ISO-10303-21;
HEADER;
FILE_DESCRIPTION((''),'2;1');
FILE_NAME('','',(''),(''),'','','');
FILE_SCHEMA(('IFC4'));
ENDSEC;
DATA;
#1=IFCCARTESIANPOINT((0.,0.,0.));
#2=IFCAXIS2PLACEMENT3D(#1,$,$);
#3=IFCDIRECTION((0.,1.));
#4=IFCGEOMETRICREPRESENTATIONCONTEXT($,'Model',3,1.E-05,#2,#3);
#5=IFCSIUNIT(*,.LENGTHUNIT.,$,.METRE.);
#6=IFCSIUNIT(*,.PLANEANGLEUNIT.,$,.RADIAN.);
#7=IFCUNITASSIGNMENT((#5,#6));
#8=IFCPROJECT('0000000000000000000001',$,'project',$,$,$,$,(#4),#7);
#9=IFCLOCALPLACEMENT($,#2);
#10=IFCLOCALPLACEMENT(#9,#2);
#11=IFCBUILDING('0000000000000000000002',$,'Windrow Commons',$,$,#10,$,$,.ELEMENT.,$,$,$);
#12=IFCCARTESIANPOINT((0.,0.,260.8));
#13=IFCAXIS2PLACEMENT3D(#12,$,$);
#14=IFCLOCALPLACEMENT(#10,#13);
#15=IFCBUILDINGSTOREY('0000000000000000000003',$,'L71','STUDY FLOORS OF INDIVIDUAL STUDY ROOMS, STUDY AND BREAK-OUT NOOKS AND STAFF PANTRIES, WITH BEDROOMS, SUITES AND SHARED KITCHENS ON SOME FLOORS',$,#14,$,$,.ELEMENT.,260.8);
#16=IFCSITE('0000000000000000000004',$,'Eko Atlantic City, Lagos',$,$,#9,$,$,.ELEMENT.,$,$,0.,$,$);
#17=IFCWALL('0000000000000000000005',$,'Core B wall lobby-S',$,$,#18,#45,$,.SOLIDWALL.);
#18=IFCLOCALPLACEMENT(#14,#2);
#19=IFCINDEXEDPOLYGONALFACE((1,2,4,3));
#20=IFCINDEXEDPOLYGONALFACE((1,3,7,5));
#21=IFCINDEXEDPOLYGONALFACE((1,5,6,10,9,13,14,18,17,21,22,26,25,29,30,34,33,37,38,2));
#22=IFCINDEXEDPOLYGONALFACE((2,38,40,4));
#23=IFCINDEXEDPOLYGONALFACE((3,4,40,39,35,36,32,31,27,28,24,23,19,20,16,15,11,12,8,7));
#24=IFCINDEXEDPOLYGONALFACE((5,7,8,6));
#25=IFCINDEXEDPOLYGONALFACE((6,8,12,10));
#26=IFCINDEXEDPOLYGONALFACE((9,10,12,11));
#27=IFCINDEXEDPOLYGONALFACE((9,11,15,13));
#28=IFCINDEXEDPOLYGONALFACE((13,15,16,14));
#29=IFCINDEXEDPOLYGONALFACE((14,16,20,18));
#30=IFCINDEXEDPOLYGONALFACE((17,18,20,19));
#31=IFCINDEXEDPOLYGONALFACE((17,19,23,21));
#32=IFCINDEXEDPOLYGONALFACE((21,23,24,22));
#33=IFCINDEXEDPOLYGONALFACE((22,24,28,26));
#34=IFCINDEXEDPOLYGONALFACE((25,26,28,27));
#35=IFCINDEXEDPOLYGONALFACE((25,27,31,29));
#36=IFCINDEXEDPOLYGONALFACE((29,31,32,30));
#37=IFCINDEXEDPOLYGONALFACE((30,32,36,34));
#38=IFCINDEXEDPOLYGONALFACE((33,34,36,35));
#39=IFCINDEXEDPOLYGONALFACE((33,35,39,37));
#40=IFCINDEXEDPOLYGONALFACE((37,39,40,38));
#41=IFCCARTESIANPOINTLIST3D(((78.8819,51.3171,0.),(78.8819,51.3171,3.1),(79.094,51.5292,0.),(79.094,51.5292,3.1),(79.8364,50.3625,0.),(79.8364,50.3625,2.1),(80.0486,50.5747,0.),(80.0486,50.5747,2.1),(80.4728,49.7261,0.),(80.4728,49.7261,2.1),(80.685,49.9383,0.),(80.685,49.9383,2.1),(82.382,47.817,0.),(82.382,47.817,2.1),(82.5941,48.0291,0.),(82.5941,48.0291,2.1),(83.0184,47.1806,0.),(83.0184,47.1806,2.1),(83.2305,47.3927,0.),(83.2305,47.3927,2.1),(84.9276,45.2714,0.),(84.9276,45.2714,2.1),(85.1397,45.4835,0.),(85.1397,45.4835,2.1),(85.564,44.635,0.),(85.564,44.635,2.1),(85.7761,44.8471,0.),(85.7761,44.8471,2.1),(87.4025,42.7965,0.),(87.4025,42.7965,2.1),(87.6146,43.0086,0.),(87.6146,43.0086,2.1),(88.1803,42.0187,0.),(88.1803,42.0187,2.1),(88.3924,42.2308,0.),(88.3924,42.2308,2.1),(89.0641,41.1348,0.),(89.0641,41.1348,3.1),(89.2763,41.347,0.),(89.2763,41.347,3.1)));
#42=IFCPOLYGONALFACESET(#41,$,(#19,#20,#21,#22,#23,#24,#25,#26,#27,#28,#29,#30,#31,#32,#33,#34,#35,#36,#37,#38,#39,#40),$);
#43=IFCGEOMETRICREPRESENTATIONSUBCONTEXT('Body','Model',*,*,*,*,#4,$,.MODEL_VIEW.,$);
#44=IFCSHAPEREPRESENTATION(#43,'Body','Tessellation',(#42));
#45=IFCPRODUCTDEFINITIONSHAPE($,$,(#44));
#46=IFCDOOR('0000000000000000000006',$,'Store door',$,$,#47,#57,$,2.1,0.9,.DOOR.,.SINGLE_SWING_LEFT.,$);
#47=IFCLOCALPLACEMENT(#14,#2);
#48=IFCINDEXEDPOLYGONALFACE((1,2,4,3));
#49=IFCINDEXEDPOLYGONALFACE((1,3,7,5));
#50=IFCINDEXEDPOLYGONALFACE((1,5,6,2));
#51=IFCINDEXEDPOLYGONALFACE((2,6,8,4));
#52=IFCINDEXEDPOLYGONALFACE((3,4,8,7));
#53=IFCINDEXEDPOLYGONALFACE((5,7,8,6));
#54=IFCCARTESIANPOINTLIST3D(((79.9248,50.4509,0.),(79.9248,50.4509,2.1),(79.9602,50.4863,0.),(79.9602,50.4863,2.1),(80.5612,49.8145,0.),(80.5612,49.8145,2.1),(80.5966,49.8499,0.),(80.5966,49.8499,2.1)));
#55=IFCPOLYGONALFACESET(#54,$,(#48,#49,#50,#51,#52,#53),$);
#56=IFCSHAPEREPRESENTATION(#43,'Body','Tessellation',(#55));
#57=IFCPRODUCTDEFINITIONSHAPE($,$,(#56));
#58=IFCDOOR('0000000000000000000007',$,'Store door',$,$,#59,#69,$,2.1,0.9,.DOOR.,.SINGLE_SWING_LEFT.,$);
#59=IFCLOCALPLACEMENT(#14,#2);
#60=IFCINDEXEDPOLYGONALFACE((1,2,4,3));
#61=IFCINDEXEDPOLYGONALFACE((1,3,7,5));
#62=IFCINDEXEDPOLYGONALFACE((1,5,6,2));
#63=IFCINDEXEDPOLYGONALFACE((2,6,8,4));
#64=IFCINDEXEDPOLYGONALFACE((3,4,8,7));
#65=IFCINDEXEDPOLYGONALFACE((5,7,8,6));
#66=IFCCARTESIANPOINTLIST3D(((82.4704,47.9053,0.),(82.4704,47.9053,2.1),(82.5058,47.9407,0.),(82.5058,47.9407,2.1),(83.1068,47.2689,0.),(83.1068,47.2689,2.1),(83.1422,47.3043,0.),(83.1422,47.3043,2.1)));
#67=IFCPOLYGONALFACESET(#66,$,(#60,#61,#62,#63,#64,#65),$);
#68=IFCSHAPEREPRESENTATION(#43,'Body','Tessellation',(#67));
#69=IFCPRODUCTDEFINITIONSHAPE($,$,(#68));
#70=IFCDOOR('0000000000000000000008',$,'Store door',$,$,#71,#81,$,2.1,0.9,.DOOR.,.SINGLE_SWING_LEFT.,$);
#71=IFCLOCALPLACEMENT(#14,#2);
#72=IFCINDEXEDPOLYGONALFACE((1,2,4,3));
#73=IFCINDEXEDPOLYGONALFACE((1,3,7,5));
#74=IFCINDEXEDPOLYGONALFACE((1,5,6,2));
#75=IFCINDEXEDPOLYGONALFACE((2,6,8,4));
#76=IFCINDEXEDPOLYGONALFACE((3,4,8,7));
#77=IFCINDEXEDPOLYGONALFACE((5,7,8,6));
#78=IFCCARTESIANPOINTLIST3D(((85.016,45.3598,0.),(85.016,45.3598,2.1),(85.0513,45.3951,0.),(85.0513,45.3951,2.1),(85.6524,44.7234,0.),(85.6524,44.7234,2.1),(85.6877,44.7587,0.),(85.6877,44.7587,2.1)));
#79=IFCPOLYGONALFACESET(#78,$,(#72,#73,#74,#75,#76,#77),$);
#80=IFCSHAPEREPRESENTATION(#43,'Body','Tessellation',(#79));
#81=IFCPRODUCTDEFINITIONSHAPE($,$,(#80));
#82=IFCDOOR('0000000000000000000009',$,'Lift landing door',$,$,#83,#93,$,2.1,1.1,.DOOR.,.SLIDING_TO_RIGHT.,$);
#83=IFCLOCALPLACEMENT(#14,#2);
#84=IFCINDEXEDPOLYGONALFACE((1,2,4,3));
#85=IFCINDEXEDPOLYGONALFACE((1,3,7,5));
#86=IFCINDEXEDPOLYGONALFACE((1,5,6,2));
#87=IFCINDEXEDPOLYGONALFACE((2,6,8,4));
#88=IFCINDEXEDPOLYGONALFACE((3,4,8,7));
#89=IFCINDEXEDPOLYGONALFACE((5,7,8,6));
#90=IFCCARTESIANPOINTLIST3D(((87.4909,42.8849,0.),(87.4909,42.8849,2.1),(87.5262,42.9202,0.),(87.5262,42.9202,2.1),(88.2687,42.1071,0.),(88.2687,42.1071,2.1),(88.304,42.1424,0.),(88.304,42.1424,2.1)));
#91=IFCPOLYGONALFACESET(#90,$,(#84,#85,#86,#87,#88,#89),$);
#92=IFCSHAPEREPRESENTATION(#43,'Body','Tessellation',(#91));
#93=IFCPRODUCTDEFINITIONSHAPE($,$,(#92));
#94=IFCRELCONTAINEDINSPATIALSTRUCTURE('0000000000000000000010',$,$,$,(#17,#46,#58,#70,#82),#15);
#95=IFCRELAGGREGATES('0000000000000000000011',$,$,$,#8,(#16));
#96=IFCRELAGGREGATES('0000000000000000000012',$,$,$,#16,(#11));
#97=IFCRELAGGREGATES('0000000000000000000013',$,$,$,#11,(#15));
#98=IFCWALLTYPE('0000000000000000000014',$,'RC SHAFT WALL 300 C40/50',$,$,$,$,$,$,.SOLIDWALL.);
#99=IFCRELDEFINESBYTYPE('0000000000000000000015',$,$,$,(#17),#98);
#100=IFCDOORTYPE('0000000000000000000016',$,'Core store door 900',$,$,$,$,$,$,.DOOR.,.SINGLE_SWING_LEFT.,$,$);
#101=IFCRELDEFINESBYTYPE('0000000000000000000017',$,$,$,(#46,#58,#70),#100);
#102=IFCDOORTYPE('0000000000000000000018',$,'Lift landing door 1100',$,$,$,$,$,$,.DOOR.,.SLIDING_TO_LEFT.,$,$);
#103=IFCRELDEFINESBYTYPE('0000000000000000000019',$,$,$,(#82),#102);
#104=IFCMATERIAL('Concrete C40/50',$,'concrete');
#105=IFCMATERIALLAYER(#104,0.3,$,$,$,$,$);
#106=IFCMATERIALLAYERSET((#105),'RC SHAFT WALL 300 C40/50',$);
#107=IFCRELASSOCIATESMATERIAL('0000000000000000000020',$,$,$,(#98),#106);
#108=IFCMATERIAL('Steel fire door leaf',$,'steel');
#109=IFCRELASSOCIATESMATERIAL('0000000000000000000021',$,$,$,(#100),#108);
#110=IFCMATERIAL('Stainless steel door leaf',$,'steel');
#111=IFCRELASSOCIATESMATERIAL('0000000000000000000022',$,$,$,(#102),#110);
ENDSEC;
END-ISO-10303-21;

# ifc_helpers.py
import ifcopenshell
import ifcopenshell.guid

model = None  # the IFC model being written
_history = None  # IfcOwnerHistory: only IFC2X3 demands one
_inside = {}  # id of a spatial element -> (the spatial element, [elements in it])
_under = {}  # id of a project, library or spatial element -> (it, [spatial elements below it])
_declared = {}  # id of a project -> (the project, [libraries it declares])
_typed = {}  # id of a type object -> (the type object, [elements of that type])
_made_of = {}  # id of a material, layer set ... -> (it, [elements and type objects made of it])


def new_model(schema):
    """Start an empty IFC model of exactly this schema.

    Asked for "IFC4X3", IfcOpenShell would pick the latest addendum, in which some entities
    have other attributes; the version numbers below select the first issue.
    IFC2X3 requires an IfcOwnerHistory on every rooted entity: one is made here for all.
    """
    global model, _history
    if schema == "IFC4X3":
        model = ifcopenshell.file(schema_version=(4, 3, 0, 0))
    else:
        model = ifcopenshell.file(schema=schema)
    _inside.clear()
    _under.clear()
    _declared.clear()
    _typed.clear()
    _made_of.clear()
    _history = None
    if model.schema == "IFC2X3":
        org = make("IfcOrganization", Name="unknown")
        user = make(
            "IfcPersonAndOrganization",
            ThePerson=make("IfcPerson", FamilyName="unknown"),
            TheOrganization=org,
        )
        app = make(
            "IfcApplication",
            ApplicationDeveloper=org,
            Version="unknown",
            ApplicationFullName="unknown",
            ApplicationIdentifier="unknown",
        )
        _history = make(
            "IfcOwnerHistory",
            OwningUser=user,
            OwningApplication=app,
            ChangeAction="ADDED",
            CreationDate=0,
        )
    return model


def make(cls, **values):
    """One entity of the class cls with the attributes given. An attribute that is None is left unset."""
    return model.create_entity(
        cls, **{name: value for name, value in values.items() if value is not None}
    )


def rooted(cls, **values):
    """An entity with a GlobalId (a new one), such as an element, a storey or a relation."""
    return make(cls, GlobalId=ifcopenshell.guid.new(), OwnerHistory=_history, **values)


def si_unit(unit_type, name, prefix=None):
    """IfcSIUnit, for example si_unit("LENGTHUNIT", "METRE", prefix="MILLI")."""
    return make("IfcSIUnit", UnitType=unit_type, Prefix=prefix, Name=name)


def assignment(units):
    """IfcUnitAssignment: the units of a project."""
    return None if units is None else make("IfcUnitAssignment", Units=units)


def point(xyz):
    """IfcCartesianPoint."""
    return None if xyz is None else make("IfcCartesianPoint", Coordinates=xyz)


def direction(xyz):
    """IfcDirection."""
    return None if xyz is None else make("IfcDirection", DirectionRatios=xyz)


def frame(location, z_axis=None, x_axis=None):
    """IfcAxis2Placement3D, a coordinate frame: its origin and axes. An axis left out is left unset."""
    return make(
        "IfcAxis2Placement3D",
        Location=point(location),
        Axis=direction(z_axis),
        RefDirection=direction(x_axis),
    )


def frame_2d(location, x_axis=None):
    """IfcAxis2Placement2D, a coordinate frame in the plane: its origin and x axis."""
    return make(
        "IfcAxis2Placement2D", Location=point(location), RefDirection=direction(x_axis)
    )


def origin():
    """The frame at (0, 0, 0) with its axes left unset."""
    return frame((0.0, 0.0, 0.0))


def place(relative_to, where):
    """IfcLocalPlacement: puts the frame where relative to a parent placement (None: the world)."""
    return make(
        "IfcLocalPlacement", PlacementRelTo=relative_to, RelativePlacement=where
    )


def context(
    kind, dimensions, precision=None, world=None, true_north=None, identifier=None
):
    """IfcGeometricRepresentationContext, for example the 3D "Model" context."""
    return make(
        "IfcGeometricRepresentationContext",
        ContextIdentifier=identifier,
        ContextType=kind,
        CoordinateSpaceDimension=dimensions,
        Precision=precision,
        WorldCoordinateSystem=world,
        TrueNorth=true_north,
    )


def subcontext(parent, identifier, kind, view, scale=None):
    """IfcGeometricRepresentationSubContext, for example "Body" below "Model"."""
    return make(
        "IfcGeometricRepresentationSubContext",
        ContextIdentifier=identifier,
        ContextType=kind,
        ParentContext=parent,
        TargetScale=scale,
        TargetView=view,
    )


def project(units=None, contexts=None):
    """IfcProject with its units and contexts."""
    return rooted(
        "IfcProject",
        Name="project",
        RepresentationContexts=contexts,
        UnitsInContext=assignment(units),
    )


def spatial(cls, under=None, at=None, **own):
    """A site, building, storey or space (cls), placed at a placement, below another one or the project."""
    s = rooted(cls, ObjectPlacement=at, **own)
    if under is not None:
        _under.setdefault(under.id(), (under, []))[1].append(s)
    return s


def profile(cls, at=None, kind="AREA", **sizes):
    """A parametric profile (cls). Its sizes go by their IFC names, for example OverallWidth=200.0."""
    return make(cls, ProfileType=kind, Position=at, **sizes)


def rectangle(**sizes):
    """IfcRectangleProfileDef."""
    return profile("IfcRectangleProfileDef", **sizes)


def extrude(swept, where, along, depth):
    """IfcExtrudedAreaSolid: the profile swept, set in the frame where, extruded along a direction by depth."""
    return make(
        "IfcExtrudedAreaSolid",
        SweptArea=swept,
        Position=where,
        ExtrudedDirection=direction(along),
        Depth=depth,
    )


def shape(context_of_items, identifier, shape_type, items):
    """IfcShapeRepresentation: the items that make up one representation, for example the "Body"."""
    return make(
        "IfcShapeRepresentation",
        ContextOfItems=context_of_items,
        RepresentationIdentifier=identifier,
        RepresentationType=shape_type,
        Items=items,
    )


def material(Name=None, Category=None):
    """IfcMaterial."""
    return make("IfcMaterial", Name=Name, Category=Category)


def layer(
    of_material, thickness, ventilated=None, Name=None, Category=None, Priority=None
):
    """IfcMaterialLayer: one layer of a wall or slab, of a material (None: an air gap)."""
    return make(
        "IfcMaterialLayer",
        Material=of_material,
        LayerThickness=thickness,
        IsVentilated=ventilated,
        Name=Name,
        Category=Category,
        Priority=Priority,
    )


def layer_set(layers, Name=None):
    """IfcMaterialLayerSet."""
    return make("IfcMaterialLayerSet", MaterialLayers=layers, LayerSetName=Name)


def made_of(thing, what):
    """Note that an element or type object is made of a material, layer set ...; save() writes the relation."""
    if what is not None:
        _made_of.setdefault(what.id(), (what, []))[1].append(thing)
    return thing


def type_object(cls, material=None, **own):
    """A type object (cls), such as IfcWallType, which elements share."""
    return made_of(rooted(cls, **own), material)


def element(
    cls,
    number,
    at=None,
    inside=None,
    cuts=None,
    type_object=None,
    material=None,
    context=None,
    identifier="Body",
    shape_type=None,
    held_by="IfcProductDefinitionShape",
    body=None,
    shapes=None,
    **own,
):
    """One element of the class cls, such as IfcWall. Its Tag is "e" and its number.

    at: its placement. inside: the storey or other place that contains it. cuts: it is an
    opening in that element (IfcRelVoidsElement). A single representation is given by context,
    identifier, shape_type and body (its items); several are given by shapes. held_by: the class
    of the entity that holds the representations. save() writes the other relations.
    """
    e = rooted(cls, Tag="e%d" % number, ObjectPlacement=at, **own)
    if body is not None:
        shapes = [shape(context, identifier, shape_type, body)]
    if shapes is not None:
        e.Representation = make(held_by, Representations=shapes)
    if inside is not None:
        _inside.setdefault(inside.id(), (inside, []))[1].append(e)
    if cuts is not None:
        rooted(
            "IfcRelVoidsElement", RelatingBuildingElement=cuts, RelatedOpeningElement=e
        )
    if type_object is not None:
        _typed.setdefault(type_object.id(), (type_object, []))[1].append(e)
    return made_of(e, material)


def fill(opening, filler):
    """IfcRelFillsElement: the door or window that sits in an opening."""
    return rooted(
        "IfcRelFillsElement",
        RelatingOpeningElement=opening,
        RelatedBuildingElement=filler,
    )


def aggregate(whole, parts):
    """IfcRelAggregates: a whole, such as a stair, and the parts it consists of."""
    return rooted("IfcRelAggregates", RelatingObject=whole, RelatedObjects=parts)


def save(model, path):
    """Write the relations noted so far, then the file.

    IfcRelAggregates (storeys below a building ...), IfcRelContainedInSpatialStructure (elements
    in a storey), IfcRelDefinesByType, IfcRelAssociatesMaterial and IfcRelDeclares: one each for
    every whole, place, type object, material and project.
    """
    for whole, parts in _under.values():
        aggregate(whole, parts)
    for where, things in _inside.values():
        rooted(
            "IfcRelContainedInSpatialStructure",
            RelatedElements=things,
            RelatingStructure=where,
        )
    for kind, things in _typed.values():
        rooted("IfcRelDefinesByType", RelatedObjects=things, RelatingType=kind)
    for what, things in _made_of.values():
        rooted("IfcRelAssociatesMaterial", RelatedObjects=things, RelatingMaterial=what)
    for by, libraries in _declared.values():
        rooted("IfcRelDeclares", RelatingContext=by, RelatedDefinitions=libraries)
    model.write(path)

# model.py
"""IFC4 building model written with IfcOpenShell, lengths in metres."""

from ifc_helpers import new_model, si_unit, direction, frame, frame_2d, origin, place, context, subcontext, project, spatial, rectangle, extrude, material, layer, layer_set, type_object, element, fill, save


model = new_model("IFC4")

# Units and contexts
model_context = context("Model", 3, precision=1e-05, world=origin(), true_north=direction((0.0, 1.0)))
body_context = subcontext(model_context, "Body", "Model", "MODEL_VIEW")
ifc_project = project(units=[si_unit("LENGTHUNIT", "METRE"), si_unit("PLANEANGLEUNIT", "RADIAN")], contexts=[model_context])

# Site, building, storey
site_placement = place(None, origin())
site = spatial("IfcSite", under=ifc_project, at=site_placement, Name="Eko Atlantic City, Lagos", CompositionType="ELEMENT", RefElevation=0.0)
building_placement = place(site_placement, origin())
building = spatial("IfcBuilding", under=site, at=building_placement, Name="Windrow Commons", CompositionType="ELEMENT")
storey_placement = place(building_placement, frame((0.0, 0.0, 260.8)))
storey = spatial("IfcBuildingStorey", under=building, at=storey_placement, Name="L71", Description="STUDY FLOORS OF INDIVIDUAL STUDY ROOMS, STUDY AND BREAK-OUT NOOKS AND STAFF PANTRIES, WITH BEDROOMS, SUITES AND SHARED KITCHENS ON SOME FLOORS", CompositionType="ELEMENT", Elevation=260.8)

# Shared definitions
ifc_material_1 = material(Name="Concrete C40/50", Category="concrete")
ifc_layer_1 = layer(ifc_material_1, 0.3)
ifc_layer_set_1 = layer_set([ifc_layer_1], Name="RC SHAFT WALL 300 C40/50")
wall_type_1 = type_object("IfcWallType", Name="RC SHAFT WALL 300 C40/50", PredefinedType="SOLIDWALL", material=ifc_layer_set_1)

# Wall, openings, doors
wall_1_placement = place(storey_placement, frame((78.9879, 51.4232, 0.0), z_axis=(0.0, 0.0, 1.0), x_axis=(0.707107, -0.707107, 0.0)))
wall_1 = element("IfcWall", 1, at=wall_1_placement, inside=storey, type_object=wall_type_1, Name="Core B wall lobby-S", PredefinedType="SOLIDWALL", context=body_context, shape_type="SweptSolid", body=[
    extrude(rectangle(XDim=14.3999, YDim=0.3, at=frame_2d((7.2, 0.0))), origin(), (0.0, 0.0, 1.0), 3.1),
])
opening_1_placement = place(wall_1_placement, frame((1.35, 0.0, 0.0)))
opening_1 = element("IfcOpeningElement", 2, at=opening_1_placement, cuts=wall_1, PredefinedType="OPENING", context=body_context, shape_type="SweptSolid", body=[
    extrude(rectangle(XDim=0.9, YDim=2.1, at=frame_2d((0.45, 1.05))), frame((0.0, 0.16, 0.0), z_axis=(0.0, -1.0, 0.0), x_axis=(1.0, 0.0, 0.0)), (0.0, 0.0, 1.0), 0.32),
])
opening_2_placement = place(wall_1_placement, frame((4.95, 0.0, 0.0)))
opening_2 = element("IfcOpeningElement", 3, at=opening_2_placement, cuts=wall_1, PredefinedType="OPENING", context=body_context, shape_type="SweptSolid", body=[
    extrude(rectangle(XDim=0.9, YDim=2.1, at=frame_2d((0.45, 1.05))), frame((0.0, 0.16, 0.0), z_axis=(0.0, -1.0, 0.0), x_axis=(1.0, 0.0, 0.0)), (0.0, 0.0, 1.0), 0.32),
])
opening_3_placement = place(wall_1_placement, frame((8.55, 0.0, 0.0)))
opening_3 = element("IfcOpeningElement", 4, at=opening_3_placement, cuts=wall_1, PredefinedType="OPENING", context=body_context, shape_type="SweptSolid", body=[
    extrude(rectangle(XDim=0.9, YDim=2.1, at=frame_2d((0.45, 1.05))), frame((0.0, 0.16, 0.0), z_axis=(0.0, -1.0, 0.0), x_axis=(1.0, 0.0, 0.0)), (0.0, 0.0, 1.0), 0.32),
])
opening_4_placement = place(wall_1_placement, frame((12.05, 0.0, 0.0)))
opening_4 = element("IfcOpeningElement", 5, at=opening_4_placement, cuts=wall_1, PredefinedType="OPENING", context=body_context, shape_type="SweptSolid", body=[
    extrude(rectangle(XDim=1.1, YDim=2.1, at=frame_2d((0.55, 1.05))), frame((0.0, 0.16, 0.0), z_axis=(0.0, -1.0, 0.0), x_axis=(1.0, 0.0, 0.0)), (0.0, 0.0, 1.0), 0.32),
])
ifc_material_2 = material(Name="Steel fire door leaf", Category="steel")
door_type_1 = type_object("IfcDoorType", Name="Core store door 900", OperationType="SINGLE_SWING_LEFT", PredefinedType="DOOR", material=ifc_material_2)
door_1_placement = place(opening_1_placement, origin())
door_1 = element("IfcDoor", 6, at=door_1_placement, inside=storey, type_object=door_type_1, Name="Store door", OperationType="SINGLE_SWING_LEFT", OverallHeight=2.1, OverallWidth=0.9, PredefinedType="DOOR", context=body_context, shape_type="SweptSolid", body=[
    extrude(rectangle(XDim=0.9, YDim=2.1, at=frame_2d((0.45, 1.05))), frame((0.0, 0.025, 0.0), z_axis=(0.0, -1.0, 0.0), x_axis=(1.0, 0.0, 0.0)), (0.0, 0.0, 1.0), 0.05),
])
fill(opening_1, door_1)
door_2_placement = place(opening_2_placement, origin())
door_2 = element("IfcDoor", 7, at=door_2_placement, inside=storey, type_object=door_type_1, Name="Store door", OperationType="SINGLE_SWING_LEFT", OverallHeight=2.1, OverallWidth=0.9, PredefinedType="DOOR", context=body_context, shape_type="SweptSolid", body=[
    extrude(rectangle(XDim=0.9, YDim=2.1, at=frame_2d((0.45, 1.05))), frame((0.0, 0.025, 0.0), z_axis=(0.0, -1.0, 0.0), x_axis=(1.0, 0.0, 0.0)), (0.0, 0.0, 1.0), 0.05),
])
fill(opening_2, door_2)
door_3_placement = place(opening_3_placement, origin())
door_3 = element("IfcDoor", 8, at=door_3_placement, inside=storey, type_object=door_type_1, Name="Store door", OperationType="SINGLE_SWING_LEFT", OverallHeight=2.1, OverallWidth=0.9, PredefinedType="DOOR", context=body_context, shape_type="SweptSolid", body=[
    extrude(rectangle(XDim=0.9, YDim=2.1, at=frame_2d((0.45, 1.05))), frame((0.0, 0.025, 0.0), z_axis=(0.0, -1.0, 0.0), x_axis=(1.0, 0.0, 0.0)), (0.0, 0.0, 1.0), 0.05),
])
fill(opening_3, door_3)
ifc_material_3 = material(Name="Stainless steel door leaf", Category="steel")
door_type_2 = type_object("IfcDoorType", Name="Lift landing door 1100", OperationType="SLIDING_TO_LEFT", PredefinedType="DOOR", material=ifc_material_3)
door_4_placement = place(opening_4_placement, origin())
door_4 = element("IfcDoor", 9, at=door_4_placement, inside=storey, type_object=door_type_2, Name="Lift landing door", OperationType="SLIDING_TO_RIGHT", OverallHeight=2.1, OverallWidth=1.1, PredefinedType="DOOR", context=body_context, shape_type="SweptSolid", body=[
    extrude(rectangle(XDim=1.1, YDim=2.1, at=frame_2d((0.55, 1.05))), frame((0.0, 0.025, 0.0), z_axis=(0.0, -1.0, 0.0), x_axis=(1.0, 0.0, 0.0)), (0.0, 0.0, 1.0), 0.05),
])
fill(opening_4, door_4)

save(model, "model.ifc")
